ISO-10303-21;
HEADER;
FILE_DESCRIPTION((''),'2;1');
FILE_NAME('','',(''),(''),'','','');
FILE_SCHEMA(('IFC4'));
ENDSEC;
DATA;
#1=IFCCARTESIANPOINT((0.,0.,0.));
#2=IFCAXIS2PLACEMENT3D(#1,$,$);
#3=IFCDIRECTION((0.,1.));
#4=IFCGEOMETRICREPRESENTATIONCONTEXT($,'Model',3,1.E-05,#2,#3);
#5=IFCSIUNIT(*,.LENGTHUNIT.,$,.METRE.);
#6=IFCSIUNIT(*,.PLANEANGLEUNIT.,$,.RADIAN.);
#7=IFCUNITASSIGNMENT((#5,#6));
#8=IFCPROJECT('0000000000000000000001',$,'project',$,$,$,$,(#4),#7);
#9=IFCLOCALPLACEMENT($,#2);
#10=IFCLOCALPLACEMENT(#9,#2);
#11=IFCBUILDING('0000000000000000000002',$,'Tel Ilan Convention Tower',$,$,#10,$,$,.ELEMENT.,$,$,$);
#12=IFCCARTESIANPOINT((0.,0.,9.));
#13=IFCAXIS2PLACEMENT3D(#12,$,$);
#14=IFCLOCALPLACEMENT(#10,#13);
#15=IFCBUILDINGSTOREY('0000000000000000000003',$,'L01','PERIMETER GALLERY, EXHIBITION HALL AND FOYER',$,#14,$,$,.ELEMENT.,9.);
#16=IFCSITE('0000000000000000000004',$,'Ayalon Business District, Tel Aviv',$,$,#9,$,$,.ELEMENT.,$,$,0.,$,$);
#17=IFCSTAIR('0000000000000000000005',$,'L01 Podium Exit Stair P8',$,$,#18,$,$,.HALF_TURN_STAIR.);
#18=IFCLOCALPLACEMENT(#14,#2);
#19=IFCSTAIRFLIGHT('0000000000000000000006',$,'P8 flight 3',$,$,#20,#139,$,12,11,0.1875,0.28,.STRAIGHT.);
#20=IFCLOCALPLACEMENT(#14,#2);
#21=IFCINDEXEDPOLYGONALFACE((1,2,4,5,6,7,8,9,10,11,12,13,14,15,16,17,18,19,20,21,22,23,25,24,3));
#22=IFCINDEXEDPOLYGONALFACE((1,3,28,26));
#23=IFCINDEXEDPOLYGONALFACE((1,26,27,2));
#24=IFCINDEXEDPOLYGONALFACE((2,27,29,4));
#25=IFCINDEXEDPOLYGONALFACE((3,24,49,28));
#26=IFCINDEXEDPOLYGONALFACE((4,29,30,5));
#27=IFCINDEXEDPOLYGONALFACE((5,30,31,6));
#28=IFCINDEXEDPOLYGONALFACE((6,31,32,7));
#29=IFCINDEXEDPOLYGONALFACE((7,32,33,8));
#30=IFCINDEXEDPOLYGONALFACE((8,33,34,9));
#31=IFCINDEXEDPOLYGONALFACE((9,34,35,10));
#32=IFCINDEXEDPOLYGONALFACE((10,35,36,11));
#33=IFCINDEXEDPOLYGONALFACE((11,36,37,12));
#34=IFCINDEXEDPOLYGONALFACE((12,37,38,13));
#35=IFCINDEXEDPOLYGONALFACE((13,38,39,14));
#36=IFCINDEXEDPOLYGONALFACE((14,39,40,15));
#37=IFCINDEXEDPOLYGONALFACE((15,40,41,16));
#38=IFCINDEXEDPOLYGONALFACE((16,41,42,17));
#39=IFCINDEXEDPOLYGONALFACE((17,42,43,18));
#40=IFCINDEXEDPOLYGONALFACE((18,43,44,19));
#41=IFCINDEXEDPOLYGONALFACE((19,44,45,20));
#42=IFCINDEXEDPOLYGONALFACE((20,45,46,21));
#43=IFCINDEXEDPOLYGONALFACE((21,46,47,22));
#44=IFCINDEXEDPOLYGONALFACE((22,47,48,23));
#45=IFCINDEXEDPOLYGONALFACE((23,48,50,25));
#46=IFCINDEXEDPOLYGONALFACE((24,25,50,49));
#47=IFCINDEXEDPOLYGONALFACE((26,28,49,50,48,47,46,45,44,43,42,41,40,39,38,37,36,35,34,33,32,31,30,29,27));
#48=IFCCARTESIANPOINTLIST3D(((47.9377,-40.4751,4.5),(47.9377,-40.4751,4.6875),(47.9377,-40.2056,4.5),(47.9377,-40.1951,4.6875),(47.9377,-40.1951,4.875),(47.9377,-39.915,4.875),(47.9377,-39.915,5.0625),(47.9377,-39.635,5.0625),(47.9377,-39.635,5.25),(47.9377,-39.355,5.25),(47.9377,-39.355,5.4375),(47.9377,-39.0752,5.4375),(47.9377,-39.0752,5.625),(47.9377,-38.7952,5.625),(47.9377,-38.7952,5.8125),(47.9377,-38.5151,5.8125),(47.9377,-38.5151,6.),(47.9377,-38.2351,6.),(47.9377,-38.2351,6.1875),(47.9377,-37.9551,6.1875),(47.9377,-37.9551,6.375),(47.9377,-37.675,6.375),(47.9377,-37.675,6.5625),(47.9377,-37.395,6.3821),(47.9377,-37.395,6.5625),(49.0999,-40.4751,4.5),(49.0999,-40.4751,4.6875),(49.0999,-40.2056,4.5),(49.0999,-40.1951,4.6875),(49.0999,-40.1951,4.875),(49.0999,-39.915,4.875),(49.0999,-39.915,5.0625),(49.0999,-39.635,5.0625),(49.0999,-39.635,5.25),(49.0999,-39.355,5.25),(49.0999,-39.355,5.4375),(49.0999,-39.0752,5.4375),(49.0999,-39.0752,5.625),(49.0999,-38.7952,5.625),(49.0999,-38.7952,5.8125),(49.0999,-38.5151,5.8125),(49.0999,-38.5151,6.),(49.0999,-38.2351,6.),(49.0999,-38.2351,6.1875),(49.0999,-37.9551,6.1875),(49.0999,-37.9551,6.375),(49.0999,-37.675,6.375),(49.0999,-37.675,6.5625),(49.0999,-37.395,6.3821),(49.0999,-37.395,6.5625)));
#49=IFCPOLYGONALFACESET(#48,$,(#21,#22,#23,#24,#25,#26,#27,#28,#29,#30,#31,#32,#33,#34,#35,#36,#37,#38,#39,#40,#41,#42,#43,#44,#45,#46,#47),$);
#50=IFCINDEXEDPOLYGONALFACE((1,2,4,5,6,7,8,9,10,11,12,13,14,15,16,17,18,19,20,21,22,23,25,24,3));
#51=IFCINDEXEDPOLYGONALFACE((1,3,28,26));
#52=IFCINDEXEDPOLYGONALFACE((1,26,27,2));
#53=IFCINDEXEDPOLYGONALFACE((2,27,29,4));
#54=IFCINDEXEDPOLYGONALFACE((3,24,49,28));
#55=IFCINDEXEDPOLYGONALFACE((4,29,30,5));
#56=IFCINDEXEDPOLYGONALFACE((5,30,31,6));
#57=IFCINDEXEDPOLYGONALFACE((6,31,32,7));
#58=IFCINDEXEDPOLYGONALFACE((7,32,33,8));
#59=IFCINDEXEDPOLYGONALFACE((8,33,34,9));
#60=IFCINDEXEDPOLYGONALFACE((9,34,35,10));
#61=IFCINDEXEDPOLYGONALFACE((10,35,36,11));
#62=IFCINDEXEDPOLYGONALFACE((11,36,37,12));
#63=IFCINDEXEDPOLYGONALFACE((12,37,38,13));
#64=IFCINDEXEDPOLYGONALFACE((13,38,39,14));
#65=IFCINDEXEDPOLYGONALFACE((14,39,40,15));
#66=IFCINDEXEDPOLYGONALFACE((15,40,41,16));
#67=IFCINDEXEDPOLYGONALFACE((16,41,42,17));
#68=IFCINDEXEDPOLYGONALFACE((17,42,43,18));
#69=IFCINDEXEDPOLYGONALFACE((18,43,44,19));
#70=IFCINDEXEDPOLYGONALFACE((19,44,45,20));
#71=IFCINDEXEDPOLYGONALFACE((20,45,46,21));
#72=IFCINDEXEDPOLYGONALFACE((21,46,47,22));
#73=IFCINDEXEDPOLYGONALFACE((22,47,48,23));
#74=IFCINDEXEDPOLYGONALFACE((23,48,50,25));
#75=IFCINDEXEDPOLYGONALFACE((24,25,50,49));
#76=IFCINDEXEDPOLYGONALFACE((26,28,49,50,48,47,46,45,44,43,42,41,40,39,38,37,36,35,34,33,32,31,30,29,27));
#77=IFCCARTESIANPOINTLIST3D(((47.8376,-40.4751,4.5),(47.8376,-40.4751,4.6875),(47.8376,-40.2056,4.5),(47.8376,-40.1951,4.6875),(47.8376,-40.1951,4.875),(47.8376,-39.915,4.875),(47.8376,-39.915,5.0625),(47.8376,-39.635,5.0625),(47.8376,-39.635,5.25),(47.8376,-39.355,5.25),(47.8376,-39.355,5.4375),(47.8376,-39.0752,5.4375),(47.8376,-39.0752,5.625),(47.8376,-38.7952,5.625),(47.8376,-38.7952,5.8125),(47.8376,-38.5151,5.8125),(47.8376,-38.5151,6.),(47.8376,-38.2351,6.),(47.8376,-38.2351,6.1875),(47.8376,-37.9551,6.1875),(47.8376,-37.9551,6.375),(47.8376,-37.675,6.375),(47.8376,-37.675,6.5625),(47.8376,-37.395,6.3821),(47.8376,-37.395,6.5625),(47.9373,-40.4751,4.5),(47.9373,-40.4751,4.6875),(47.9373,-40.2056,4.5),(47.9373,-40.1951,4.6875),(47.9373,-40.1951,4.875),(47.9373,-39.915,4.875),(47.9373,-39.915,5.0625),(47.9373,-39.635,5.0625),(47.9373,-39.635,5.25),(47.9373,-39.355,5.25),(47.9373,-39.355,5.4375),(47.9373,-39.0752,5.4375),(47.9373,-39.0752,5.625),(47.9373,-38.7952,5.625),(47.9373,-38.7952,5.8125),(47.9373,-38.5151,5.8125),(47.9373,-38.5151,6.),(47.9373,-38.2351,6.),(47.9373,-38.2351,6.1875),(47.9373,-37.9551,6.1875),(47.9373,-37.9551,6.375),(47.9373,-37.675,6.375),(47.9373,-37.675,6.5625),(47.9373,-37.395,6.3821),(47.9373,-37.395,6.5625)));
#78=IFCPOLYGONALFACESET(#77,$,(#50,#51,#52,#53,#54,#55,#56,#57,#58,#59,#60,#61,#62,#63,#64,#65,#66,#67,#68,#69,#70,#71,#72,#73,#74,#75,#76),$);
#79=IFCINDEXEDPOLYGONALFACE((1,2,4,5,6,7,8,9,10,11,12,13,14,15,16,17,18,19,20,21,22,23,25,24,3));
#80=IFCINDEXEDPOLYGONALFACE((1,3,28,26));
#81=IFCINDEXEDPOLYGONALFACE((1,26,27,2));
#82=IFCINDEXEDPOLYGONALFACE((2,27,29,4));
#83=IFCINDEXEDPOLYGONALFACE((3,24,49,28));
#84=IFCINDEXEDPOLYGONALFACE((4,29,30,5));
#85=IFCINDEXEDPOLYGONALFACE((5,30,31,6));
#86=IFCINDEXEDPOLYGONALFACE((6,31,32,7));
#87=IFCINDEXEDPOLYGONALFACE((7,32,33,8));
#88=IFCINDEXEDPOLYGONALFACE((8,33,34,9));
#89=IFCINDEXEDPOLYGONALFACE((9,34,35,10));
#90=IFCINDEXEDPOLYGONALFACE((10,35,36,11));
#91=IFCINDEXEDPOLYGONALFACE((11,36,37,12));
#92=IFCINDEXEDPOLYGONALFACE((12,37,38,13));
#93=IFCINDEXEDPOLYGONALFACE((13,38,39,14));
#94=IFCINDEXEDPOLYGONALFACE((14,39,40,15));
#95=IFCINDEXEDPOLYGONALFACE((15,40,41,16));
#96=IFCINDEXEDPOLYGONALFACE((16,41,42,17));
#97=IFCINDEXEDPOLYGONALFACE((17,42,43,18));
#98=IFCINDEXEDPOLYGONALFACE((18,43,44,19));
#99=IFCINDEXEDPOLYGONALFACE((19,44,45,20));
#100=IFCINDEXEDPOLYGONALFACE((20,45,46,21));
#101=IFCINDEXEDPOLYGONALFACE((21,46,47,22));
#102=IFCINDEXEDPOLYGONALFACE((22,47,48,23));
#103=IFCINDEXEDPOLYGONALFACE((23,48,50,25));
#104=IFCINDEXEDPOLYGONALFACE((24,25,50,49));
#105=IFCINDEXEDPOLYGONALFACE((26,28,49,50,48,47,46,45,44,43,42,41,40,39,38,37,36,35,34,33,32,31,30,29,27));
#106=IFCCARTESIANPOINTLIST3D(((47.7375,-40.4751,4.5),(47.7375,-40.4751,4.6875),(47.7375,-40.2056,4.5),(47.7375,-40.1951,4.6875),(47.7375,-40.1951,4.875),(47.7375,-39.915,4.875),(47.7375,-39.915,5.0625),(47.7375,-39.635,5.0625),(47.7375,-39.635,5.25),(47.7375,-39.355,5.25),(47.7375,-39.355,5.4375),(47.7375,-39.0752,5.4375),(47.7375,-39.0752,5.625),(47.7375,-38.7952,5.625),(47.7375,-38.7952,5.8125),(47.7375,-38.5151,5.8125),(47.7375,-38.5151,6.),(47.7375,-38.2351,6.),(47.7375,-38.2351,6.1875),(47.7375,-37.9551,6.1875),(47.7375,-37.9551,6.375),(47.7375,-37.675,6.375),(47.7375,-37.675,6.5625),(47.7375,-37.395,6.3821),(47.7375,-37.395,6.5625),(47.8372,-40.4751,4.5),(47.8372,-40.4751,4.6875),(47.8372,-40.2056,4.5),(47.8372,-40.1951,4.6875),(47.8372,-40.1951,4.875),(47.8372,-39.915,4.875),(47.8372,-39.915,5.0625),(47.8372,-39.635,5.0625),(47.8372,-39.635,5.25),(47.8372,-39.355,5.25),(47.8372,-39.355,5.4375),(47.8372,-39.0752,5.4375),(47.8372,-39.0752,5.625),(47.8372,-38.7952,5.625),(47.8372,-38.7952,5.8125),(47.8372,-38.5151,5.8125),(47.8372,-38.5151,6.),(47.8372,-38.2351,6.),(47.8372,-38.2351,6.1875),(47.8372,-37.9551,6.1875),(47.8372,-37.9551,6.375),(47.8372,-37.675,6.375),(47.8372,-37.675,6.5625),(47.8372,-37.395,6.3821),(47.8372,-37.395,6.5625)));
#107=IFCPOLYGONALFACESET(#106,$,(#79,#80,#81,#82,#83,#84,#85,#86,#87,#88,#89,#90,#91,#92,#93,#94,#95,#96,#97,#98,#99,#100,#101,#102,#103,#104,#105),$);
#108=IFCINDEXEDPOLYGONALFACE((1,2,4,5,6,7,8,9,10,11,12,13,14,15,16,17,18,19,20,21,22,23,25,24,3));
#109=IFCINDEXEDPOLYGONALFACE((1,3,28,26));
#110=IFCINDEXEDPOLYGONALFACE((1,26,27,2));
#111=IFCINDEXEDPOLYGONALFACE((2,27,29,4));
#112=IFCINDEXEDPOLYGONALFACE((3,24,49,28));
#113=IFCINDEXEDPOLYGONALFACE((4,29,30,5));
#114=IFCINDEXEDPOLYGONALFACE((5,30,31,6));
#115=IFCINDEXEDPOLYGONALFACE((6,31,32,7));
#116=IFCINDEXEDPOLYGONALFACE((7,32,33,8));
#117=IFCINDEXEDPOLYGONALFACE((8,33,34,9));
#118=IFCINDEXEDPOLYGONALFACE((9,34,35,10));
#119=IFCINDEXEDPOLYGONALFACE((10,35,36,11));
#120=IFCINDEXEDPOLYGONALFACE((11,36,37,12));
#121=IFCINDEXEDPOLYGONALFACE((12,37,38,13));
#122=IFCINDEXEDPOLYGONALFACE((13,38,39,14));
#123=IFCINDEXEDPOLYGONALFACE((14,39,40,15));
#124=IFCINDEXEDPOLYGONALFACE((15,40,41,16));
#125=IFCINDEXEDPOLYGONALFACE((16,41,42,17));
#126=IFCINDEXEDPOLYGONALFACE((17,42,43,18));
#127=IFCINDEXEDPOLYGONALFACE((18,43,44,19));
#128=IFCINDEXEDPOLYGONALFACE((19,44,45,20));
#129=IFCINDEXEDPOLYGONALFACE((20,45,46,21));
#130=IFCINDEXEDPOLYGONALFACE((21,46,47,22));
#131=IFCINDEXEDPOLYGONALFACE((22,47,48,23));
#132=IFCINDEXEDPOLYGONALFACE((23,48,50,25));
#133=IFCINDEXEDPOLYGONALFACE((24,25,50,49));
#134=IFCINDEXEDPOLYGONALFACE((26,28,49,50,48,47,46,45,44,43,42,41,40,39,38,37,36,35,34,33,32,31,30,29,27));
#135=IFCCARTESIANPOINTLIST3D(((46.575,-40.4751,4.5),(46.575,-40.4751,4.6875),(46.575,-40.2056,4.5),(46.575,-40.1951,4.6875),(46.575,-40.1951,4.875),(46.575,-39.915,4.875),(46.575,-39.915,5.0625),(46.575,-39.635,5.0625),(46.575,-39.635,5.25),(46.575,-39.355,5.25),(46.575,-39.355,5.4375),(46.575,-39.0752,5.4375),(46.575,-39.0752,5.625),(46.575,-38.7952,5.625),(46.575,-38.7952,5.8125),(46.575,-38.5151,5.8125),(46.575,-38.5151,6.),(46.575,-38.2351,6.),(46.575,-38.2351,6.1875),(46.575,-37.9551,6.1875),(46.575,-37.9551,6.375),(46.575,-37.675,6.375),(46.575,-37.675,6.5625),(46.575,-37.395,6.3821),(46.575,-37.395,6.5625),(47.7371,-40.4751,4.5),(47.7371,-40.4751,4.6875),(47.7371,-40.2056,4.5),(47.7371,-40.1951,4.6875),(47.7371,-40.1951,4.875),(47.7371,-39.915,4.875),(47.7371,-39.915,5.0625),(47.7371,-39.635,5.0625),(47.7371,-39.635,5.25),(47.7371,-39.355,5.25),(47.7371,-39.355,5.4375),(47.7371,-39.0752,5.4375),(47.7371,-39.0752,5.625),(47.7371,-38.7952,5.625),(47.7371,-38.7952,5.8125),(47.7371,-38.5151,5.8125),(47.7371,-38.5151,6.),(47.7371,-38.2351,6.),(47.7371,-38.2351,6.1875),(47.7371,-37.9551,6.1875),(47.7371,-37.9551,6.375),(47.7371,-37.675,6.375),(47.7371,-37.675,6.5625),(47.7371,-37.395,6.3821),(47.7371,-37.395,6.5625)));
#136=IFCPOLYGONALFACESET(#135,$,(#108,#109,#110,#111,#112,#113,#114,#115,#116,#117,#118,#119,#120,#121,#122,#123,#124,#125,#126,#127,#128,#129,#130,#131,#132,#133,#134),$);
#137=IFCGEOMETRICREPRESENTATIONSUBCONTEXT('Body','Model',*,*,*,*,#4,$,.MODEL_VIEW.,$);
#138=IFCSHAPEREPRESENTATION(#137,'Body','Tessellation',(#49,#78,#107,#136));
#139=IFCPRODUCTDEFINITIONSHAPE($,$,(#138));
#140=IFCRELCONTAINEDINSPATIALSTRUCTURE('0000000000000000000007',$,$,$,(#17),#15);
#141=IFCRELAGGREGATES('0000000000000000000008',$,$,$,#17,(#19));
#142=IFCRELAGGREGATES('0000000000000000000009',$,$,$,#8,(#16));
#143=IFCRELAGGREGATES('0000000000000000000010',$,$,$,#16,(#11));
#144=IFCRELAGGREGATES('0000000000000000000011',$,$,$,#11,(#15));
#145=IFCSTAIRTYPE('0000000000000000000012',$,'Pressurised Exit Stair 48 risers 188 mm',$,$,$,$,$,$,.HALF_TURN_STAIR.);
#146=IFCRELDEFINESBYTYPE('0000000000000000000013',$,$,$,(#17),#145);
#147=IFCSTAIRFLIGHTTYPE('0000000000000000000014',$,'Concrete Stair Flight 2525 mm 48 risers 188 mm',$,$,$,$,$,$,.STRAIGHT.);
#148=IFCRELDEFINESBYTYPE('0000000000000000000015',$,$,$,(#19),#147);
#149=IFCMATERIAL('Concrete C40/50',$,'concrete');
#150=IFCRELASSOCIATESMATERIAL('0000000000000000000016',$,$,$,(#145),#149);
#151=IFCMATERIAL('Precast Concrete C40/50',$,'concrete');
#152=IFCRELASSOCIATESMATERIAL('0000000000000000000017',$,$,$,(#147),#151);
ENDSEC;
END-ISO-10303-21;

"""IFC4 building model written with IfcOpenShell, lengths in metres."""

from ifc_helpers import new_model, si_unit, direction, frame, origin, place, context, subcontext, project, spatial, polyline, outline, extrude, material, type_object, element, aggregate, save


model = new_model("IFC4")

# Units and contexts
model_context = context("Model", 3, precision=1e-05, world=origin(), true_north=direction((0.0, 1.0)))
body_context = subcontext(model_context, "Body", "Model", "MODEL_VIEW")
ifc_project = project(units=[si_unit("LENGTHUNIT", "METRE"), si_unit("PLANEANGLEUNIT", "RADIAN")], contexts=[model_context])

# Site, building, storey
site_placement = place(None, origin())
site = spatial("IfcSite", under=ifc_project, at=site_placement, Name="Ayalon Business District, Tel Aviv", CompositionType="ELEMENT", RefElevation=0.0)
building_placement = place(site_placement, origin())
building = spatial("IfcBuilding", under=site, at=building_placement, Name="Tel Ilan Convention Tower", CompositionType="ELEMENT")
storey_placement = place(building_placement, frame((0.0, 0.0, 9.0)))
storey = spatial("IfcBuildingStorey", under=building, at=storey_placement, Name="L01", Description="PERIMETER GALLERY, EXHIBITION HALL AND FOYER", CompositionType="ELEMENT", Elevation=9.0)

# Stair, stair flight
ifc_material_1 = material(Name="Concrete C40/50", Category="concrete")
stair_type = type_object("IfcStairType", Name="Pressurised Exit Stair 48 risers 188 mm", PredefinedType="HALF_TURN_STAIR", material=ifc_material_1)
ifc_material_2 = material(Name="Precast Concrete C40/50", Category="concrete")
stair_flight_type = type_object("IfcStairFlightType", Name="Concrete Stair Flight 2525 mm 48 risers 188 mm", PredefinedType="STRAIGHT", material=ifc_material_2)
stair_1_placement = place(storey_placement, origin())
stair_1 = element("IfcStair", 1, at=stair_1_placement, inside=storey, type_object=stair_type, Name="L01 Podium Exit Stair P8", PredefinedType="HALF_TURN_STAIR")
stair_flight_1_placement = place(storey_placement, frame((47.8374, -40.4751, 4.5), z_axis=(0.0, 0.0, 1.0), x_axis=(0.0, 1.0, 0.0)))
stair_flight_1 = element("IfcStairFlight", 2, at=stair_flight_1_placement, type_object=stair_flight_type, Name="P8 flight 3", NumberOfRisers=12, NumberOfTreads=11, PredefinedType="STRAIGHT", RiserHeight=0.1875, TreadLength=0.28, context=body_context, shape_type="SweptSolid", body=[
    extrude(outline(polyline([(0.0, 0.0), (0.0, 0.1875), (0.28, 0.1875), (0.28, 0.375), (0.5601, 0.375), (0.5601, 0.5625), (0.8401, 0.5625), (0.8401, 0.75), (1.1201, 0.75), (1.1201, 0.9375), (1.3999, 0.9375), (1.3999, 1.125), (1.6799, 1.125), (1.6799, 1.3125), (1.96, 1.3125), (1.96, 1.5), (2.24, 1.5), (2.24, 1.6875), (2.52, 1.6875), (2.52, 1.875), (2.8, 1.875), (2.8, 2.0625), (3.0801, 2.0625), (3.0801, 2.25), (3.0801, 1.8821), (0.2695, 0.0), (0.0, 0.0)])), frame((0.0, -0.1003, 0.0), z_axis=(0.0, -1.0, 0.0), x_axis=(1.0, 0.0, 0.0)), (0.0, 0.0, 1.0), 1.1621),
    extrude(outline(polyline([(0.0, 0.0), (0.0, 0.1875), (0.28, 0.1875), (0.28, 0.375), (0.5601, 0.375), (0.5601, 0.5625), (0.8401, 0.5625), (0.8401, 0.75), (1.1201, 0.75), (1.1201, 0.9375), (1.3999, 0.9375), (1.3999, 1.125), (1.6799, 1.125), (1.6799, 1.3125), (1.96, 1.3125), (1.96, 1.5), (2.24, 1.5), (2.24, 1.6875), (2.52, 1.6875), (2.52, 1.875), (2.8, 1.875), (2.8, 2.0625), (3.0801, 2.0625), (3.0801, 2.25), (3.0801, 1.8821), (0.2695, 0.0), (0.0, 0.0)])), frame((0.0, -0.0002, 0.0), z_axis=(0.0, -1.0, 0.0), x_axis=(1.0, 0.0, 0.0)), (0.0, 0.0, 1.0), 0.0996),
    extrude(outline(polyline([(0.0, 0.0), (0.0, 0.1875), (0.28, 0.1875), (0.28, 0.375), (0.5601, 0.375), (0.5601, 0.5625), (0.8401, 0.5625), (0.8401, 0.75), (1.1201, 0.75), (1.1201, 0.9375), (1.3999, 0.9375), (1.3999, 1.125), (1.6799, 1.125), (1.6799, 1.3125), (1.96, 1.3125), (1.96, 1.5), (2.24, 1.5), (2.24, 1.6875), (2.52, 1.6875), (2.52, 1.875), (2.8, 1.875), (2.8, 2.0625), (3.0801, 2.0625), (3.0801, 2.25), (3.0801, 1.8821), (0.2695, 0.0), (0.0, 0.0)])), frame((0.0, 0.0999, 0.0), z_axis=(0.0, -1.0, 0.0), x_axis=(1.0, 0.0, 0.0)), (0.0, 0.0, 1.0), 0.0996),
    extrude(outline(polyline([(0.0, 0.0), (0.0, 0.1875), (0.28, 0.1875), (0.28, 0.375), (0.5601, 0.375), (0.5601, 0.5625), (0.8401, 0.5625), (0.8401, 0.75), (1.1201, 0.75), (1.1201, 0.9375), (1.3999, 0.9375), (1.3999, 1.125), (1.6799, 1.125), (1.6799, 1.3125), (1.96, 1.3125), (1.96, 1.5), (2.24, 1.5), (2.24, 1.6875), (2.52, 1.6875), (2.52, 1.875), (2.8, 1.875), (2.8, 2.0625), (3.0801, 2.0625), (3.0801, 2.25), (3.0801, 1.8821), (0.2695, 0.0), (0.0, 0.0)])), frame((0.0, 1.2625, 0.0), z_axis=(0.0, -1.0, 0.0), x_axis=(1.0, 0.0, 0.0)), (0.0, 0.0, 1.0), 1.1621),
])
aggregate(stair_1, [stair_flight_1])

save(model, "model.ifc")
